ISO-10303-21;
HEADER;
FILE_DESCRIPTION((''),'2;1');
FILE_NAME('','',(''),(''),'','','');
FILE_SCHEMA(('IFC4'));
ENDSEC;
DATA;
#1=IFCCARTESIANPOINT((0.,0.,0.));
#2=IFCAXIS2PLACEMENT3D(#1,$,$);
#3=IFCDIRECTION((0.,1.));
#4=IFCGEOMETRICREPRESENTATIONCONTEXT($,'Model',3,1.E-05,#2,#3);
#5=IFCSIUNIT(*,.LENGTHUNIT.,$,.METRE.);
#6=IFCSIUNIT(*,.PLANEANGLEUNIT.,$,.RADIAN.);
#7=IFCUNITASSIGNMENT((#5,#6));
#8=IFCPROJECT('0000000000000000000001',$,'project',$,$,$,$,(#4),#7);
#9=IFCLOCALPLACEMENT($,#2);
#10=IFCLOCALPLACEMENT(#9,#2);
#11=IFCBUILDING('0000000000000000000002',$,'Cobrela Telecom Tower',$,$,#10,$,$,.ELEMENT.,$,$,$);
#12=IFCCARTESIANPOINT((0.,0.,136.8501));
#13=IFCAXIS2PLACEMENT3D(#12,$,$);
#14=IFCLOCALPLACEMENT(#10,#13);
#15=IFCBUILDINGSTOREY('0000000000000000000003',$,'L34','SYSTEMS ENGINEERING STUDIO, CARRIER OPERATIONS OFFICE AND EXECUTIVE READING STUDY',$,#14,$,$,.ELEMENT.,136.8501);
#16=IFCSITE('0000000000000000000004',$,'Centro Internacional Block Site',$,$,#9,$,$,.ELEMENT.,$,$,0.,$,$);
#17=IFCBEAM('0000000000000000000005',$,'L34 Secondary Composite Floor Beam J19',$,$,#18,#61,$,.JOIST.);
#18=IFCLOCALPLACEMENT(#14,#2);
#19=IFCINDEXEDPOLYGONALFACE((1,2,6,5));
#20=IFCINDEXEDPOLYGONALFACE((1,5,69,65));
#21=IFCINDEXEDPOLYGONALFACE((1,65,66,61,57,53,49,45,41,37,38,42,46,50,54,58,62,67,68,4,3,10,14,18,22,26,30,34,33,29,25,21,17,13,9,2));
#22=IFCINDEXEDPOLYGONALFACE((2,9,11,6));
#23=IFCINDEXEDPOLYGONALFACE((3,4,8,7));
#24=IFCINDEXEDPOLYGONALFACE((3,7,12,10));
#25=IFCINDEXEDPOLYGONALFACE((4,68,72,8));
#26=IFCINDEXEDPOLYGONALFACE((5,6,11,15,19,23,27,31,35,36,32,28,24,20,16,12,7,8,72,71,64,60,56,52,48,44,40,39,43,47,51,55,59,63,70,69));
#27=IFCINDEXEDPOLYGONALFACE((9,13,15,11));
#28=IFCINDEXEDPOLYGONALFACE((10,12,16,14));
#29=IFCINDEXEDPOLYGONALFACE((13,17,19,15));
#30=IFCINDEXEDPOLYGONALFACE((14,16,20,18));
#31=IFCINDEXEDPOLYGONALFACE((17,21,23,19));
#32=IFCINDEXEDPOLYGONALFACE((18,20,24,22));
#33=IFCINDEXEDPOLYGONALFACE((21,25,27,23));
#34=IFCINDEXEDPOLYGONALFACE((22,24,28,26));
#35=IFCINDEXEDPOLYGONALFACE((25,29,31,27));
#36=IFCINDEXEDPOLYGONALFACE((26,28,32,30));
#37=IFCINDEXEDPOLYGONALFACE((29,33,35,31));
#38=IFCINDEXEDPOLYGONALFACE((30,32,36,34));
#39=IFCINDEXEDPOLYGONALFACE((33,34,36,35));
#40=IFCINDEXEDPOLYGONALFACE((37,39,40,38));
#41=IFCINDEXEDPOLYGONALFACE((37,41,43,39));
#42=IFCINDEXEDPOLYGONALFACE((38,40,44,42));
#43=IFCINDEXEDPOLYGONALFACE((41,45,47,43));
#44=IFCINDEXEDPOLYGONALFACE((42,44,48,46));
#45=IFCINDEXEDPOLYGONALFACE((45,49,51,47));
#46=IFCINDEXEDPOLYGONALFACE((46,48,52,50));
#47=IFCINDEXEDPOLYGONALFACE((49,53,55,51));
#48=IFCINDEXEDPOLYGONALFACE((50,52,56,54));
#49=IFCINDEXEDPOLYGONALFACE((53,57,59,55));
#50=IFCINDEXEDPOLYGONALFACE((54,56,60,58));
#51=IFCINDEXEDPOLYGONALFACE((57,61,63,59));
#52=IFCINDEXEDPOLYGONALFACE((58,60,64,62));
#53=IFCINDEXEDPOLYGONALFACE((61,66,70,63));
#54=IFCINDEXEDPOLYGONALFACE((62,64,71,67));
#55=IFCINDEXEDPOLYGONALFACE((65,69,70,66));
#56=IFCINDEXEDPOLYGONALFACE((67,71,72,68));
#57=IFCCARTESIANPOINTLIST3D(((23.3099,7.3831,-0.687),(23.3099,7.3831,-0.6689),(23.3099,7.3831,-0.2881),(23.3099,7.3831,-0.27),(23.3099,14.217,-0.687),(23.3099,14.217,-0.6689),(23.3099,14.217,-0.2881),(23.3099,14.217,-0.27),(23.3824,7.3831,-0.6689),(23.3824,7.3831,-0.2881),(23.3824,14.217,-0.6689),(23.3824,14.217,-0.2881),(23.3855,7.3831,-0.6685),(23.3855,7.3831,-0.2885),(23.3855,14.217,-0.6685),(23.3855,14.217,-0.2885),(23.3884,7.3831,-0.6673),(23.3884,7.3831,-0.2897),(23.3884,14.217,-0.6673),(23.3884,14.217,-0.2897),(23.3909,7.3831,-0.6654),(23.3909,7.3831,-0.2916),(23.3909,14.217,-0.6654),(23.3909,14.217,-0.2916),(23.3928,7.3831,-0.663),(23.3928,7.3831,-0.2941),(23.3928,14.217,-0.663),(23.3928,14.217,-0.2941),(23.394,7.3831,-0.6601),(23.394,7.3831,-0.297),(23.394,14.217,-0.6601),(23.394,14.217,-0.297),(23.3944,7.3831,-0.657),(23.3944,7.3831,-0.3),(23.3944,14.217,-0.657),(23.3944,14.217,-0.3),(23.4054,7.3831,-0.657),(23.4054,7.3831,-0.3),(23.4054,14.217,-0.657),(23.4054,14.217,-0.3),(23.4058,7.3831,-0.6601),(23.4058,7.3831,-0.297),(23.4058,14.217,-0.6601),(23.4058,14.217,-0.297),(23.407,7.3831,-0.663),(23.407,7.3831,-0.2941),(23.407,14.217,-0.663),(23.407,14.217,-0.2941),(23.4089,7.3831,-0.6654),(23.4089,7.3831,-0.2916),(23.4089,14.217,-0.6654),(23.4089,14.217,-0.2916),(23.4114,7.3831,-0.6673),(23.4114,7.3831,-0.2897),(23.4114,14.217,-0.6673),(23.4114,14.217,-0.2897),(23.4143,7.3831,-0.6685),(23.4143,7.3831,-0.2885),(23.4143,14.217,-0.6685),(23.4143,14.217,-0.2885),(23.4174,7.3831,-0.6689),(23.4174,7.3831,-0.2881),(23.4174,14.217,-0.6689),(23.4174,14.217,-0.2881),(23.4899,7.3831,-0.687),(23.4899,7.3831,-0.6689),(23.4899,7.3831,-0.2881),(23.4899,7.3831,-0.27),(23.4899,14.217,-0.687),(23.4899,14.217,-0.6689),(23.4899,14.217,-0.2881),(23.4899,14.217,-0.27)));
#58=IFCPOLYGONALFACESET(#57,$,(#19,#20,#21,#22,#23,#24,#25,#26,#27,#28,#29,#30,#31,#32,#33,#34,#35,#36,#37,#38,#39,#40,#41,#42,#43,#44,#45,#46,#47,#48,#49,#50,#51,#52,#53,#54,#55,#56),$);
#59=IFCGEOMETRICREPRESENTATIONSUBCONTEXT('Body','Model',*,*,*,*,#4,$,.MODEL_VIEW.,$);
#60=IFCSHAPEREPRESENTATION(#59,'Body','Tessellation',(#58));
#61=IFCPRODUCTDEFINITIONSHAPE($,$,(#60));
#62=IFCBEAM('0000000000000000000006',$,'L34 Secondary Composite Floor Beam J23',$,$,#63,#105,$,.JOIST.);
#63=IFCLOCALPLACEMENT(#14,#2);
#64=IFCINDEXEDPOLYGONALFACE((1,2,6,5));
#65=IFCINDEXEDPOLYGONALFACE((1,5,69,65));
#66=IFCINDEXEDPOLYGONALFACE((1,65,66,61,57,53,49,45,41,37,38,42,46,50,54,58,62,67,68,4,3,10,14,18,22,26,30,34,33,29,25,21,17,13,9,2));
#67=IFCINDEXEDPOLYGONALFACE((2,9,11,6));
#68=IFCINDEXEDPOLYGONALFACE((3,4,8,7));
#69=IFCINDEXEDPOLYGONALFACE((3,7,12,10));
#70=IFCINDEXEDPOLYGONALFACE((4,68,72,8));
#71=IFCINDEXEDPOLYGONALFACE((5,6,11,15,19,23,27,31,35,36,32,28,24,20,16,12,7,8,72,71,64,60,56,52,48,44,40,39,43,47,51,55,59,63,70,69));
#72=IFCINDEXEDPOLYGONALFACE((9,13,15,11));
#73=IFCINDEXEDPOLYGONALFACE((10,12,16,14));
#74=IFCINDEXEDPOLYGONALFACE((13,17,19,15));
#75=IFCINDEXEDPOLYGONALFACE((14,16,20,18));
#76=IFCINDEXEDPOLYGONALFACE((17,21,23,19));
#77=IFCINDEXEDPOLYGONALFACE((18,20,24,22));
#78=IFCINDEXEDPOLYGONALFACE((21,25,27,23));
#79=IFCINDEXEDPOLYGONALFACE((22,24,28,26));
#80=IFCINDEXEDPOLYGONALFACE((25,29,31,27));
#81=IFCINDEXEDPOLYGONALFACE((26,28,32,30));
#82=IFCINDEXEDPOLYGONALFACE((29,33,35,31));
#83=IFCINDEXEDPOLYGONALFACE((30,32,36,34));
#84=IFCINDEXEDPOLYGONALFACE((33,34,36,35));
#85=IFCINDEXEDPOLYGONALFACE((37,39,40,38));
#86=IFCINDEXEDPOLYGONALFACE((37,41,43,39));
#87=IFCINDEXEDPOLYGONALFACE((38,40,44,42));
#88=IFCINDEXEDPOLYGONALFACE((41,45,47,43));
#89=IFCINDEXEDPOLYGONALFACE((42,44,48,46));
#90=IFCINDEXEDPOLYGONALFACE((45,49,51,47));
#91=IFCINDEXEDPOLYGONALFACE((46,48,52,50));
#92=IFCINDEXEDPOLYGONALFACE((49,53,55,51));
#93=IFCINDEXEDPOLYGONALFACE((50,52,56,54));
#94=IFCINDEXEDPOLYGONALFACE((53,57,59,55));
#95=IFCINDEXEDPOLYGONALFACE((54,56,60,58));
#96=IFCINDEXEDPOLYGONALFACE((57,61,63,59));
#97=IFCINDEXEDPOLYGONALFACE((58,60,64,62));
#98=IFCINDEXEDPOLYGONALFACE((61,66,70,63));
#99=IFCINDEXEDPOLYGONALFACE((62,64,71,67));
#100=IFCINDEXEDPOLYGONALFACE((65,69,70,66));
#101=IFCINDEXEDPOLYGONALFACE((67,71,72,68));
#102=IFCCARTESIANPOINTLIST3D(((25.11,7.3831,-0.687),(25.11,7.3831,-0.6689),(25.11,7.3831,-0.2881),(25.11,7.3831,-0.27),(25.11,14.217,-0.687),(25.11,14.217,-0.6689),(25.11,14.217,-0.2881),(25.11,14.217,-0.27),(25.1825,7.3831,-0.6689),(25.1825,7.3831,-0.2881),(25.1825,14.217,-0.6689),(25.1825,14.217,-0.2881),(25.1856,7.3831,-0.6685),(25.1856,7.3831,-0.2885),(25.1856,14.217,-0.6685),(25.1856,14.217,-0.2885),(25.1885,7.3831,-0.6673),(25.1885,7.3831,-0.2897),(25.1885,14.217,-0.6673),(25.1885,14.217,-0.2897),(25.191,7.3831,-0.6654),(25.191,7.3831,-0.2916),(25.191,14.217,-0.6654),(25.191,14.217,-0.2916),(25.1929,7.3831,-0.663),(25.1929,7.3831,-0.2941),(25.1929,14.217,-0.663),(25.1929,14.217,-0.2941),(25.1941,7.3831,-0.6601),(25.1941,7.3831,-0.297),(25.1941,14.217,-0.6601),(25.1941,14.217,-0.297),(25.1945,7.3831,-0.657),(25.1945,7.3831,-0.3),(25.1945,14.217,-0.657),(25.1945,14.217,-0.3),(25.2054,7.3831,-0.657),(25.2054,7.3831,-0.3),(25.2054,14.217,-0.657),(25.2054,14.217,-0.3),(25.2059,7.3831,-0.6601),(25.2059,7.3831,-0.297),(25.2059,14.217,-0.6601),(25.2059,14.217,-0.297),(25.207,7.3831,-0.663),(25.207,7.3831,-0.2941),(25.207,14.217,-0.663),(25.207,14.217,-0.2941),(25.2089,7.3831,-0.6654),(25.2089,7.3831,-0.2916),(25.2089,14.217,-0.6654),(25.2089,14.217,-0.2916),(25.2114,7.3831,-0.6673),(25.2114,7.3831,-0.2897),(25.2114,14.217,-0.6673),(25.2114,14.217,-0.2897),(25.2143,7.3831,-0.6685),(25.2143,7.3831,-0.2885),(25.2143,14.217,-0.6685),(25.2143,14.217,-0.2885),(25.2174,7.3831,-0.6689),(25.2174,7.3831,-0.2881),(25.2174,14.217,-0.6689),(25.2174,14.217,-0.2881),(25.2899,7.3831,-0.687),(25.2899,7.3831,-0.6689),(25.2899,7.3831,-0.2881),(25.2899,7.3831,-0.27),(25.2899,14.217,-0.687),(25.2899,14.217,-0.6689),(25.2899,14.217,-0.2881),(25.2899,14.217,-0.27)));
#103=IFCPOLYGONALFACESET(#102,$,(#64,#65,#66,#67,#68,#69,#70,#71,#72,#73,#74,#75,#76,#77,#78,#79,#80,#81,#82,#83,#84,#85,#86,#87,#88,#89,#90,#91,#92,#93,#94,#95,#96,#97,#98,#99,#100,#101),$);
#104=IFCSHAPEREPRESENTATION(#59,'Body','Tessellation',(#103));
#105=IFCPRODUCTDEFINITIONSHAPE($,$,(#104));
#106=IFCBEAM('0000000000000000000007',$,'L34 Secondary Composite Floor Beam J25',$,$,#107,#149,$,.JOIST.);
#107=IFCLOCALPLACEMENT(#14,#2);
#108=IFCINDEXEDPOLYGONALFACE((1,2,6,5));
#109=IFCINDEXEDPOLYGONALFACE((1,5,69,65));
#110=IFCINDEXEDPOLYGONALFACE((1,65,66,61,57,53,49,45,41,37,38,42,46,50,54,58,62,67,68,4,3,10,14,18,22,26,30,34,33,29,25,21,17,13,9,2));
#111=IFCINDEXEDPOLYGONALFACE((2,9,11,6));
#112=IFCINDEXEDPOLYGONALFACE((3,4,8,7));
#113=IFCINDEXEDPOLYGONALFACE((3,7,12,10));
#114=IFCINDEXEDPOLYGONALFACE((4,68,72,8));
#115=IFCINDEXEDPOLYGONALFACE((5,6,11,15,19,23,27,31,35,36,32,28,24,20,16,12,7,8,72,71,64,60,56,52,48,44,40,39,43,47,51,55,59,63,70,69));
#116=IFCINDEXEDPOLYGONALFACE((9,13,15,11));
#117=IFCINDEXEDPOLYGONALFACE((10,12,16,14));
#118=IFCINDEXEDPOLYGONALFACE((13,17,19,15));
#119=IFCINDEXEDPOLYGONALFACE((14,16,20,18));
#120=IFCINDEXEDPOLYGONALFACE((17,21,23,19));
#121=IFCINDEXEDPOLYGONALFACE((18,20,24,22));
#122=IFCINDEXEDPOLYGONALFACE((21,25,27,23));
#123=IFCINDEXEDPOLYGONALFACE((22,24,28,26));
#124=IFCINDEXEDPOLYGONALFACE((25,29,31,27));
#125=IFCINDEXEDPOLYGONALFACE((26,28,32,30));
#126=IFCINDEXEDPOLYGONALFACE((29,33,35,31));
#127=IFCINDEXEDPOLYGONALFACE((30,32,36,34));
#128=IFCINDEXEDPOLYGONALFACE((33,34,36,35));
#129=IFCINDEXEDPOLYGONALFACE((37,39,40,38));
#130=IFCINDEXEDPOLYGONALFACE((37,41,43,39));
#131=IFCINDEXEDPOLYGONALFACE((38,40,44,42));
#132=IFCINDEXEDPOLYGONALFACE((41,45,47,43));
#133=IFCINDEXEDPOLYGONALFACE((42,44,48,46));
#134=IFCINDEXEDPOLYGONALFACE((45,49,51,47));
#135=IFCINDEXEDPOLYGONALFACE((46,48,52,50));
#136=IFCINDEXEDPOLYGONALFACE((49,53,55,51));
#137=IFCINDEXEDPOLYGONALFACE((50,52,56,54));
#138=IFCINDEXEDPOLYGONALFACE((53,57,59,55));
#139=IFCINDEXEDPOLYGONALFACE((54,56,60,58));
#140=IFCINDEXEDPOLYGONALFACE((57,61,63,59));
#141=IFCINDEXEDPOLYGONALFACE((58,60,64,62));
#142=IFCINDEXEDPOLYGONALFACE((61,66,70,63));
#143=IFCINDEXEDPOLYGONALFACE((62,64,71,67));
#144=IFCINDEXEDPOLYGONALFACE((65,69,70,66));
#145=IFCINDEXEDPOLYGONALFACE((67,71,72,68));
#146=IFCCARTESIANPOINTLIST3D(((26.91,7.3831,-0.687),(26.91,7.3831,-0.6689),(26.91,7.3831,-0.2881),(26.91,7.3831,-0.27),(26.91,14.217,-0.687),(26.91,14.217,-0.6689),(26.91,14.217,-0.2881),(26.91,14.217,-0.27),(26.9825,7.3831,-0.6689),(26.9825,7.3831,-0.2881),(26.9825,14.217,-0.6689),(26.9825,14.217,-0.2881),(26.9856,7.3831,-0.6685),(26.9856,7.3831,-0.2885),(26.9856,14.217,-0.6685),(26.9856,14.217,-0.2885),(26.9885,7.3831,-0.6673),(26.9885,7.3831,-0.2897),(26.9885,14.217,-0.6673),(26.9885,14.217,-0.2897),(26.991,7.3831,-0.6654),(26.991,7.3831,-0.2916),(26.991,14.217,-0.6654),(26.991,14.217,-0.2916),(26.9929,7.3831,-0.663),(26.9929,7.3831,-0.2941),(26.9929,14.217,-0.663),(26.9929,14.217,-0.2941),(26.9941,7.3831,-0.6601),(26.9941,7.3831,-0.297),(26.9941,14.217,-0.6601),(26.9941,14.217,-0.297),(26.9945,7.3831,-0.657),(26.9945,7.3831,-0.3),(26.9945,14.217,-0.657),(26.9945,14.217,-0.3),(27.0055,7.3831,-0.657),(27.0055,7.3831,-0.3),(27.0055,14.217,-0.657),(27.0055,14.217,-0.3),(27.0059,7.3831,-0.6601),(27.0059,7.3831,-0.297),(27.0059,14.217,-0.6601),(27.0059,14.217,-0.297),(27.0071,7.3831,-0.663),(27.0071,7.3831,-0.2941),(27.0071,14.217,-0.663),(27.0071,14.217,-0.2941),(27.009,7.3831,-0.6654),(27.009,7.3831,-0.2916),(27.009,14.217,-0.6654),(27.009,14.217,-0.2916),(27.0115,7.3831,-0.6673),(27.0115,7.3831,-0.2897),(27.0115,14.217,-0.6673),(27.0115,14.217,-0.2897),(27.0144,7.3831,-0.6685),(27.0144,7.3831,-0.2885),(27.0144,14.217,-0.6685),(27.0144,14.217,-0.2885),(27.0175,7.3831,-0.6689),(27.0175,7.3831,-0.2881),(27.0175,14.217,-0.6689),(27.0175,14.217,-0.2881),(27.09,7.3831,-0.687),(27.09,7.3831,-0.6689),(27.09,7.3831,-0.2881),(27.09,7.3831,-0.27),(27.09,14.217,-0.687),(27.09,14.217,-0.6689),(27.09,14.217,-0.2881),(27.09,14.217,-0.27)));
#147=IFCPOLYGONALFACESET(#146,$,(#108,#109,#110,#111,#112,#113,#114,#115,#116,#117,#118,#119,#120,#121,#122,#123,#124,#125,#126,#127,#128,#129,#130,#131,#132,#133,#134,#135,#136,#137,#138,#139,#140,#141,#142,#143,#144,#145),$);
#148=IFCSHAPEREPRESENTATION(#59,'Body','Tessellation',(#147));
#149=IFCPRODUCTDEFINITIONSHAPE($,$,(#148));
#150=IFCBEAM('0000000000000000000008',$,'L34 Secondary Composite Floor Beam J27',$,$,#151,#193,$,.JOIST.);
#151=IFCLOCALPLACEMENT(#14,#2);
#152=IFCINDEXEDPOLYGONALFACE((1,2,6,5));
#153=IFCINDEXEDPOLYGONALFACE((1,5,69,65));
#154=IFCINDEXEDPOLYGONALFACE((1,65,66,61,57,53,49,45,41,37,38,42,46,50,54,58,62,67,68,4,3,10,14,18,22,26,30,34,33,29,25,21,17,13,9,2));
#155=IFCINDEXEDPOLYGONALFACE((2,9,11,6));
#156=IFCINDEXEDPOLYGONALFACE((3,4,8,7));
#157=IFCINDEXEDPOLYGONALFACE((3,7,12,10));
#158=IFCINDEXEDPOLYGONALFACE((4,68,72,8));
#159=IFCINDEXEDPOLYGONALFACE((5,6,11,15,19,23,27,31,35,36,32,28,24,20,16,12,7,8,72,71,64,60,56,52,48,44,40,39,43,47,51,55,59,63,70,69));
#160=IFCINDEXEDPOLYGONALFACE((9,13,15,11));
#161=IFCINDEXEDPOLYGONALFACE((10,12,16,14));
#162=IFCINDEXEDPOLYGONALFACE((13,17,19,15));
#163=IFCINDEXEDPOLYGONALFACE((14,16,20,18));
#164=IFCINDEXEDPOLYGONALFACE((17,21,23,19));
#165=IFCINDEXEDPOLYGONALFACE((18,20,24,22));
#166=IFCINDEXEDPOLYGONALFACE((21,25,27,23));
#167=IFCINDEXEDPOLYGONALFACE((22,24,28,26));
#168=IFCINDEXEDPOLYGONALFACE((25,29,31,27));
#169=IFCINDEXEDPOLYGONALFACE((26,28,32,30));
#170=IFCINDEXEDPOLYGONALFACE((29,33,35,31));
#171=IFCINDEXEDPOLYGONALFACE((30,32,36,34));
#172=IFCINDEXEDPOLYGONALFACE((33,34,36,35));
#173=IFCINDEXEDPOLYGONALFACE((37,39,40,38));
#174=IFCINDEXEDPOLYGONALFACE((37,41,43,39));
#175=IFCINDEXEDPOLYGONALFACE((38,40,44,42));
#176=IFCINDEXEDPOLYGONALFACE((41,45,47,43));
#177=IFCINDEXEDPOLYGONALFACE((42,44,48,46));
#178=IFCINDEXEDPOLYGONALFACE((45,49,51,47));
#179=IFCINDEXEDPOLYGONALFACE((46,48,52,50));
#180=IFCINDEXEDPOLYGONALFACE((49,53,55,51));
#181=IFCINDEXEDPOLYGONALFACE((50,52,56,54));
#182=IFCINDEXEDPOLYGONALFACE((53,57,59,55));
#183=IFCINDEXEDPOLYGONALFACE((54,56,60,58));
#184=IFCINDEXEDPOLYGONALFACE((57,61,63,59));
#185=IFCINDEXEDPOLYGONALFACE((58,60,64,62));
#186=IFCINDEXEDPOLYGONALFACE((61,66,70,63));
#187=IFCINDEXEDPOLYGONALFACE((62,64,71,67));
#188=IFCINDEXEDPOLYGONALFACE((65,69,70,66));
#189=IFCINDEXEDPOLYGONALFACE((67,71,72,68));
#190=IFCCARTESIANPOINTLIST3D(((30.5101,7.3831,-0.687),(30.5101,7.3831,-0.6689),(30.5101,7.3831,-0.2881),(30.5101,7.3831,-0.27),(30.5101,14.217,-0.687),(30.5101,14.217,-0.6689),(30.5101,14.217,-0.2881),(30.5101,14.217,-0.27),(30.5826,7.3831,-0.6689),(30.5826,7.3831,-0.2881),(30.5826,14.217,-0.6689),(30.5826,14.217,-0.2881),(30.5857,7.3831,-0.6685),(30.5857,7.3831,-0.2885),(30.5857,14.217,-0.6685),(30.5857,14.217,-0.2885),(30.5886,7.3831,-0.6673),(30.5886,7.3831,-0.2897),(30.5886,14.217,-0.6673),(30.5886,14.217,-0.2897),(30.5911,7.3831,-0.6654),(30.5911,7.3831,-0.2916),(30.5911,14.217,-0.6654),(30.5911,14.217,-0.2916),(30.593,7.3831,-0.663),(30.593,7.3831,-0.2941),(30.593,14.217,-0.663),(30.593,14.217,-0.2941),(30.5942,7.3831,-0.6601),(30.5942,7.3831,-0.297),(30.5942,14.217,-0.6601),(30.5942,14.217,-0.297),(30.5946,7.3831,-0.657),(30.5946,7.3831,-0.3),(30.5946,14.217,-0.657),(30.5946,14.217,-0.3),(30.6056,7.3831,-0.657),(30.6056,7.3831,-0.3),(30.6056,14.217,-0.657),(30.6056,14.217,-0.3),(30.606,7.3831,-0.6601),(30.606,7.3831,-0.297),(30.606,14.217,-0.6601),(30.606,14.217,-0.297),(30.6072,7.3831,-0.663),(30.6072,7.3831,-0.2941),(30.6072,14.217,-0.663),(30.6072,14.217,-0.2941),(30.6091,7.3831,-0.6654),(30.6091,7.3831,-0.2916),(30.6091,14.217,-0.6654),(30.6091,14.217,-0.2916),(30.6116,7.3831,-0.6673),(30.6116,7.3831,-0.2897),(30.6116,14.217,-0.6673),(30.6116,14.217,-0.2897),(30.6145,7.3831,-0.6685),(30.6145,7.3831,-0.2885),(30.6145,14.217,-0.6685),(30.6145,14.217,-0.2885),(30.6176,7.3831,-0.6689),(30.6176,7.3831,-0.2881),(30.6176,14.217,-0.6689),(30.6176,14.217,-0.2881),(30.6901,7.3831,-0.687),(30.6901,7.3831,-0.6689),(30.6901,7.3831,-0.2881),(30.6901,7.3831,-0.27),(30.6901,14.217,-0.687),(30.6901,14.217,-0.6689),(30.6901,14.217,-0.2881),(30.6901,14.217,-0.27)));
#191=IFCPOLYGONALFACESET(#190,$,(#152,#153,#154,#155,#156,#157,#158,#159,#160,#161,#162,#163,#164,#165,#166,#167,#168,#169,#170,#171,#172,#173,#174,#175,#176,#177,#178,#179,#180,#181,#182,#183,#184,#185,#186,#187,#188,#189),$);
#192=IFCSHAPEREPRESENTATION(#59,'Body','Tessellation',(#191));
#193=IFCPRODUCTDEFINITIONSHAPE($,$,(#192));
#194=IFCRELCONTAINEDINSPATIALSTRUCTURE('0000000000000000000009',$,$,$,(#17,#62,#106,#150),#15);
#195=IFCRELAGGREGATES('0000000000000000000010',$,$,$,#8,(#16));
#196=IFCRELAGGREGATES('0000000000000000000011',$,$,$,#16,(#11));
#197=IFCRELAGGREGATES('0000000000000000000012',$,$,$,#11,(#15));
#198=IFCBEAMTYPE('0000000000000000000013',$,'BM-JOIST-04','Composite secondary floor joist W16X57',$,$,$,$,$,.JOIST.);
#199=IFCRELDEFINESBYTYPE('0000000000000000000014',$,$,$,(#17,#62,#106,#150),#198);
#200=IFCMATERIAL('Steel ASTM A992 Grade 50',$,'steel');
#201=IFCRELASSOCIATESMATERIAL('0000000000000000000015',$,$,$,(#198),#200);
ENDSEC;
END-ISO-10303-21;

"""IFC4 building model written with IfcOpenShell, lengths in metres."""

from ifc_helpers import new_model, si_unit, direction, frame, origin, origin_2d, place, context, subcontext, project, spatial, i_section, extrude, material, material_profile, profile_set, type_object, element, save


model = new_model("IFC4")

# Units and contexts
model_context = context("Model", 3, precision=1e-05, world=origin(), true_north=direction((0.0, 1.0)))
body_context = subcontext(model_context, "Body", "Model", "MODEL_VIEW")
ifc_project = project(units=[si_unit("LENGTHUNIT", "METRE"), si_unit("PLANEANGLEUNIT", "RADIAN")], contexts=[model_context])

# Site, building, storey
site_placement = place(None, origin())
site = spatial("IfcSite", under=ifc_project, at=site_placement, Name="Centro Internacional Block Site", CompositionType="ELEMENT", RefElevation=0.0)
building_placement = place(site_placement, origin())
building = spatial("IfcBuilding", under=site, at=building_placement, Name="Cobrela Telecom Tower", CompositionType="ELEMENT")
storey_placement = place(building_placement, frame((0.0, 0.0, 136.8501)))
storey = spatial("IfcBuildingStorey", under=building, at=storey_placement, Name="L34", Description="SYSTEMS ENGINEERING STUDIO, CARRIER OPERATIONS OFFICE AND EXECUTIVE READING STUDY", CompositionType="ELEMENT", Elevation=136.8501)

# Shared definitions
ifc_material_1 = material(Name="Steel ASTM A992 Grade 50", Category="steel")

# Beams
ifc_material_profile_1 = material_profile(ifc_material_1, i_section(OverallWidth=0.1799, OverallDepth=0.417, WebThickness=0.011, FlangeThickness=0.0181, FilletRadius=0.012, at=origin_2d()), Name="W16X57")
ifc_profile_set_1 = profile_set([ifc_material_profile_1], Name="Steel ASTM A992 Grade 50")
beam_type_1 = type_object("IfcBeamType", Name="BM-JOIST-04", Description="Composite secondary floor joist W16X57", PredefinedType="JOIST", material=ifc_profile_set_1)
for number, where, z_axis, x_axis, name in (
    (1, (23.3999, 7.3831, -0.4785), (0.0, 1.0, 0.0), (-1.0, 0.0, 0.0), "L34 Secondary Composite Floor Beam J19"),
    (2, (25.2, 7.3831, -0.4785), (0.0, 1.0, 0.0), (-1.0, 0.0, 0.0), "L34 Secondary Composite Floor Beam J23"),
    (3, (27.0, 7.3831, -0.4785), (0.0, 1.0, 0.0), (-1.0, 0.0, 0.0), "L34 Secondary Composite Floor Beam J25"),
    (4, (30.6001, 7.3831, -0.4785), (0.0, 1.0, 0.0), (-1.0, 0.0, 0.0), "L34 Secondary Composite Floor Beam J27"),
):
    element("IfcBeam", number, at=place(storey_placement, frame(where, z_axis=z_axis, x_axis=x_axis)), inside=storey, type_object=beam_type_1, Name=name, PredefinedType="JOIST", context=body_context, shape_type="SweptSolid", body=[
        extrude(i_section(OverallWidth=0.1799, OverallDepth=0.417, WebThickness=0.011, FlangeThickness=0.0181, FilletRadius=0.012, at=origin_2d()), origin(), (0.0, 0.0, 1.0), 6.834),
    ])

save(model, "model.ifc")
